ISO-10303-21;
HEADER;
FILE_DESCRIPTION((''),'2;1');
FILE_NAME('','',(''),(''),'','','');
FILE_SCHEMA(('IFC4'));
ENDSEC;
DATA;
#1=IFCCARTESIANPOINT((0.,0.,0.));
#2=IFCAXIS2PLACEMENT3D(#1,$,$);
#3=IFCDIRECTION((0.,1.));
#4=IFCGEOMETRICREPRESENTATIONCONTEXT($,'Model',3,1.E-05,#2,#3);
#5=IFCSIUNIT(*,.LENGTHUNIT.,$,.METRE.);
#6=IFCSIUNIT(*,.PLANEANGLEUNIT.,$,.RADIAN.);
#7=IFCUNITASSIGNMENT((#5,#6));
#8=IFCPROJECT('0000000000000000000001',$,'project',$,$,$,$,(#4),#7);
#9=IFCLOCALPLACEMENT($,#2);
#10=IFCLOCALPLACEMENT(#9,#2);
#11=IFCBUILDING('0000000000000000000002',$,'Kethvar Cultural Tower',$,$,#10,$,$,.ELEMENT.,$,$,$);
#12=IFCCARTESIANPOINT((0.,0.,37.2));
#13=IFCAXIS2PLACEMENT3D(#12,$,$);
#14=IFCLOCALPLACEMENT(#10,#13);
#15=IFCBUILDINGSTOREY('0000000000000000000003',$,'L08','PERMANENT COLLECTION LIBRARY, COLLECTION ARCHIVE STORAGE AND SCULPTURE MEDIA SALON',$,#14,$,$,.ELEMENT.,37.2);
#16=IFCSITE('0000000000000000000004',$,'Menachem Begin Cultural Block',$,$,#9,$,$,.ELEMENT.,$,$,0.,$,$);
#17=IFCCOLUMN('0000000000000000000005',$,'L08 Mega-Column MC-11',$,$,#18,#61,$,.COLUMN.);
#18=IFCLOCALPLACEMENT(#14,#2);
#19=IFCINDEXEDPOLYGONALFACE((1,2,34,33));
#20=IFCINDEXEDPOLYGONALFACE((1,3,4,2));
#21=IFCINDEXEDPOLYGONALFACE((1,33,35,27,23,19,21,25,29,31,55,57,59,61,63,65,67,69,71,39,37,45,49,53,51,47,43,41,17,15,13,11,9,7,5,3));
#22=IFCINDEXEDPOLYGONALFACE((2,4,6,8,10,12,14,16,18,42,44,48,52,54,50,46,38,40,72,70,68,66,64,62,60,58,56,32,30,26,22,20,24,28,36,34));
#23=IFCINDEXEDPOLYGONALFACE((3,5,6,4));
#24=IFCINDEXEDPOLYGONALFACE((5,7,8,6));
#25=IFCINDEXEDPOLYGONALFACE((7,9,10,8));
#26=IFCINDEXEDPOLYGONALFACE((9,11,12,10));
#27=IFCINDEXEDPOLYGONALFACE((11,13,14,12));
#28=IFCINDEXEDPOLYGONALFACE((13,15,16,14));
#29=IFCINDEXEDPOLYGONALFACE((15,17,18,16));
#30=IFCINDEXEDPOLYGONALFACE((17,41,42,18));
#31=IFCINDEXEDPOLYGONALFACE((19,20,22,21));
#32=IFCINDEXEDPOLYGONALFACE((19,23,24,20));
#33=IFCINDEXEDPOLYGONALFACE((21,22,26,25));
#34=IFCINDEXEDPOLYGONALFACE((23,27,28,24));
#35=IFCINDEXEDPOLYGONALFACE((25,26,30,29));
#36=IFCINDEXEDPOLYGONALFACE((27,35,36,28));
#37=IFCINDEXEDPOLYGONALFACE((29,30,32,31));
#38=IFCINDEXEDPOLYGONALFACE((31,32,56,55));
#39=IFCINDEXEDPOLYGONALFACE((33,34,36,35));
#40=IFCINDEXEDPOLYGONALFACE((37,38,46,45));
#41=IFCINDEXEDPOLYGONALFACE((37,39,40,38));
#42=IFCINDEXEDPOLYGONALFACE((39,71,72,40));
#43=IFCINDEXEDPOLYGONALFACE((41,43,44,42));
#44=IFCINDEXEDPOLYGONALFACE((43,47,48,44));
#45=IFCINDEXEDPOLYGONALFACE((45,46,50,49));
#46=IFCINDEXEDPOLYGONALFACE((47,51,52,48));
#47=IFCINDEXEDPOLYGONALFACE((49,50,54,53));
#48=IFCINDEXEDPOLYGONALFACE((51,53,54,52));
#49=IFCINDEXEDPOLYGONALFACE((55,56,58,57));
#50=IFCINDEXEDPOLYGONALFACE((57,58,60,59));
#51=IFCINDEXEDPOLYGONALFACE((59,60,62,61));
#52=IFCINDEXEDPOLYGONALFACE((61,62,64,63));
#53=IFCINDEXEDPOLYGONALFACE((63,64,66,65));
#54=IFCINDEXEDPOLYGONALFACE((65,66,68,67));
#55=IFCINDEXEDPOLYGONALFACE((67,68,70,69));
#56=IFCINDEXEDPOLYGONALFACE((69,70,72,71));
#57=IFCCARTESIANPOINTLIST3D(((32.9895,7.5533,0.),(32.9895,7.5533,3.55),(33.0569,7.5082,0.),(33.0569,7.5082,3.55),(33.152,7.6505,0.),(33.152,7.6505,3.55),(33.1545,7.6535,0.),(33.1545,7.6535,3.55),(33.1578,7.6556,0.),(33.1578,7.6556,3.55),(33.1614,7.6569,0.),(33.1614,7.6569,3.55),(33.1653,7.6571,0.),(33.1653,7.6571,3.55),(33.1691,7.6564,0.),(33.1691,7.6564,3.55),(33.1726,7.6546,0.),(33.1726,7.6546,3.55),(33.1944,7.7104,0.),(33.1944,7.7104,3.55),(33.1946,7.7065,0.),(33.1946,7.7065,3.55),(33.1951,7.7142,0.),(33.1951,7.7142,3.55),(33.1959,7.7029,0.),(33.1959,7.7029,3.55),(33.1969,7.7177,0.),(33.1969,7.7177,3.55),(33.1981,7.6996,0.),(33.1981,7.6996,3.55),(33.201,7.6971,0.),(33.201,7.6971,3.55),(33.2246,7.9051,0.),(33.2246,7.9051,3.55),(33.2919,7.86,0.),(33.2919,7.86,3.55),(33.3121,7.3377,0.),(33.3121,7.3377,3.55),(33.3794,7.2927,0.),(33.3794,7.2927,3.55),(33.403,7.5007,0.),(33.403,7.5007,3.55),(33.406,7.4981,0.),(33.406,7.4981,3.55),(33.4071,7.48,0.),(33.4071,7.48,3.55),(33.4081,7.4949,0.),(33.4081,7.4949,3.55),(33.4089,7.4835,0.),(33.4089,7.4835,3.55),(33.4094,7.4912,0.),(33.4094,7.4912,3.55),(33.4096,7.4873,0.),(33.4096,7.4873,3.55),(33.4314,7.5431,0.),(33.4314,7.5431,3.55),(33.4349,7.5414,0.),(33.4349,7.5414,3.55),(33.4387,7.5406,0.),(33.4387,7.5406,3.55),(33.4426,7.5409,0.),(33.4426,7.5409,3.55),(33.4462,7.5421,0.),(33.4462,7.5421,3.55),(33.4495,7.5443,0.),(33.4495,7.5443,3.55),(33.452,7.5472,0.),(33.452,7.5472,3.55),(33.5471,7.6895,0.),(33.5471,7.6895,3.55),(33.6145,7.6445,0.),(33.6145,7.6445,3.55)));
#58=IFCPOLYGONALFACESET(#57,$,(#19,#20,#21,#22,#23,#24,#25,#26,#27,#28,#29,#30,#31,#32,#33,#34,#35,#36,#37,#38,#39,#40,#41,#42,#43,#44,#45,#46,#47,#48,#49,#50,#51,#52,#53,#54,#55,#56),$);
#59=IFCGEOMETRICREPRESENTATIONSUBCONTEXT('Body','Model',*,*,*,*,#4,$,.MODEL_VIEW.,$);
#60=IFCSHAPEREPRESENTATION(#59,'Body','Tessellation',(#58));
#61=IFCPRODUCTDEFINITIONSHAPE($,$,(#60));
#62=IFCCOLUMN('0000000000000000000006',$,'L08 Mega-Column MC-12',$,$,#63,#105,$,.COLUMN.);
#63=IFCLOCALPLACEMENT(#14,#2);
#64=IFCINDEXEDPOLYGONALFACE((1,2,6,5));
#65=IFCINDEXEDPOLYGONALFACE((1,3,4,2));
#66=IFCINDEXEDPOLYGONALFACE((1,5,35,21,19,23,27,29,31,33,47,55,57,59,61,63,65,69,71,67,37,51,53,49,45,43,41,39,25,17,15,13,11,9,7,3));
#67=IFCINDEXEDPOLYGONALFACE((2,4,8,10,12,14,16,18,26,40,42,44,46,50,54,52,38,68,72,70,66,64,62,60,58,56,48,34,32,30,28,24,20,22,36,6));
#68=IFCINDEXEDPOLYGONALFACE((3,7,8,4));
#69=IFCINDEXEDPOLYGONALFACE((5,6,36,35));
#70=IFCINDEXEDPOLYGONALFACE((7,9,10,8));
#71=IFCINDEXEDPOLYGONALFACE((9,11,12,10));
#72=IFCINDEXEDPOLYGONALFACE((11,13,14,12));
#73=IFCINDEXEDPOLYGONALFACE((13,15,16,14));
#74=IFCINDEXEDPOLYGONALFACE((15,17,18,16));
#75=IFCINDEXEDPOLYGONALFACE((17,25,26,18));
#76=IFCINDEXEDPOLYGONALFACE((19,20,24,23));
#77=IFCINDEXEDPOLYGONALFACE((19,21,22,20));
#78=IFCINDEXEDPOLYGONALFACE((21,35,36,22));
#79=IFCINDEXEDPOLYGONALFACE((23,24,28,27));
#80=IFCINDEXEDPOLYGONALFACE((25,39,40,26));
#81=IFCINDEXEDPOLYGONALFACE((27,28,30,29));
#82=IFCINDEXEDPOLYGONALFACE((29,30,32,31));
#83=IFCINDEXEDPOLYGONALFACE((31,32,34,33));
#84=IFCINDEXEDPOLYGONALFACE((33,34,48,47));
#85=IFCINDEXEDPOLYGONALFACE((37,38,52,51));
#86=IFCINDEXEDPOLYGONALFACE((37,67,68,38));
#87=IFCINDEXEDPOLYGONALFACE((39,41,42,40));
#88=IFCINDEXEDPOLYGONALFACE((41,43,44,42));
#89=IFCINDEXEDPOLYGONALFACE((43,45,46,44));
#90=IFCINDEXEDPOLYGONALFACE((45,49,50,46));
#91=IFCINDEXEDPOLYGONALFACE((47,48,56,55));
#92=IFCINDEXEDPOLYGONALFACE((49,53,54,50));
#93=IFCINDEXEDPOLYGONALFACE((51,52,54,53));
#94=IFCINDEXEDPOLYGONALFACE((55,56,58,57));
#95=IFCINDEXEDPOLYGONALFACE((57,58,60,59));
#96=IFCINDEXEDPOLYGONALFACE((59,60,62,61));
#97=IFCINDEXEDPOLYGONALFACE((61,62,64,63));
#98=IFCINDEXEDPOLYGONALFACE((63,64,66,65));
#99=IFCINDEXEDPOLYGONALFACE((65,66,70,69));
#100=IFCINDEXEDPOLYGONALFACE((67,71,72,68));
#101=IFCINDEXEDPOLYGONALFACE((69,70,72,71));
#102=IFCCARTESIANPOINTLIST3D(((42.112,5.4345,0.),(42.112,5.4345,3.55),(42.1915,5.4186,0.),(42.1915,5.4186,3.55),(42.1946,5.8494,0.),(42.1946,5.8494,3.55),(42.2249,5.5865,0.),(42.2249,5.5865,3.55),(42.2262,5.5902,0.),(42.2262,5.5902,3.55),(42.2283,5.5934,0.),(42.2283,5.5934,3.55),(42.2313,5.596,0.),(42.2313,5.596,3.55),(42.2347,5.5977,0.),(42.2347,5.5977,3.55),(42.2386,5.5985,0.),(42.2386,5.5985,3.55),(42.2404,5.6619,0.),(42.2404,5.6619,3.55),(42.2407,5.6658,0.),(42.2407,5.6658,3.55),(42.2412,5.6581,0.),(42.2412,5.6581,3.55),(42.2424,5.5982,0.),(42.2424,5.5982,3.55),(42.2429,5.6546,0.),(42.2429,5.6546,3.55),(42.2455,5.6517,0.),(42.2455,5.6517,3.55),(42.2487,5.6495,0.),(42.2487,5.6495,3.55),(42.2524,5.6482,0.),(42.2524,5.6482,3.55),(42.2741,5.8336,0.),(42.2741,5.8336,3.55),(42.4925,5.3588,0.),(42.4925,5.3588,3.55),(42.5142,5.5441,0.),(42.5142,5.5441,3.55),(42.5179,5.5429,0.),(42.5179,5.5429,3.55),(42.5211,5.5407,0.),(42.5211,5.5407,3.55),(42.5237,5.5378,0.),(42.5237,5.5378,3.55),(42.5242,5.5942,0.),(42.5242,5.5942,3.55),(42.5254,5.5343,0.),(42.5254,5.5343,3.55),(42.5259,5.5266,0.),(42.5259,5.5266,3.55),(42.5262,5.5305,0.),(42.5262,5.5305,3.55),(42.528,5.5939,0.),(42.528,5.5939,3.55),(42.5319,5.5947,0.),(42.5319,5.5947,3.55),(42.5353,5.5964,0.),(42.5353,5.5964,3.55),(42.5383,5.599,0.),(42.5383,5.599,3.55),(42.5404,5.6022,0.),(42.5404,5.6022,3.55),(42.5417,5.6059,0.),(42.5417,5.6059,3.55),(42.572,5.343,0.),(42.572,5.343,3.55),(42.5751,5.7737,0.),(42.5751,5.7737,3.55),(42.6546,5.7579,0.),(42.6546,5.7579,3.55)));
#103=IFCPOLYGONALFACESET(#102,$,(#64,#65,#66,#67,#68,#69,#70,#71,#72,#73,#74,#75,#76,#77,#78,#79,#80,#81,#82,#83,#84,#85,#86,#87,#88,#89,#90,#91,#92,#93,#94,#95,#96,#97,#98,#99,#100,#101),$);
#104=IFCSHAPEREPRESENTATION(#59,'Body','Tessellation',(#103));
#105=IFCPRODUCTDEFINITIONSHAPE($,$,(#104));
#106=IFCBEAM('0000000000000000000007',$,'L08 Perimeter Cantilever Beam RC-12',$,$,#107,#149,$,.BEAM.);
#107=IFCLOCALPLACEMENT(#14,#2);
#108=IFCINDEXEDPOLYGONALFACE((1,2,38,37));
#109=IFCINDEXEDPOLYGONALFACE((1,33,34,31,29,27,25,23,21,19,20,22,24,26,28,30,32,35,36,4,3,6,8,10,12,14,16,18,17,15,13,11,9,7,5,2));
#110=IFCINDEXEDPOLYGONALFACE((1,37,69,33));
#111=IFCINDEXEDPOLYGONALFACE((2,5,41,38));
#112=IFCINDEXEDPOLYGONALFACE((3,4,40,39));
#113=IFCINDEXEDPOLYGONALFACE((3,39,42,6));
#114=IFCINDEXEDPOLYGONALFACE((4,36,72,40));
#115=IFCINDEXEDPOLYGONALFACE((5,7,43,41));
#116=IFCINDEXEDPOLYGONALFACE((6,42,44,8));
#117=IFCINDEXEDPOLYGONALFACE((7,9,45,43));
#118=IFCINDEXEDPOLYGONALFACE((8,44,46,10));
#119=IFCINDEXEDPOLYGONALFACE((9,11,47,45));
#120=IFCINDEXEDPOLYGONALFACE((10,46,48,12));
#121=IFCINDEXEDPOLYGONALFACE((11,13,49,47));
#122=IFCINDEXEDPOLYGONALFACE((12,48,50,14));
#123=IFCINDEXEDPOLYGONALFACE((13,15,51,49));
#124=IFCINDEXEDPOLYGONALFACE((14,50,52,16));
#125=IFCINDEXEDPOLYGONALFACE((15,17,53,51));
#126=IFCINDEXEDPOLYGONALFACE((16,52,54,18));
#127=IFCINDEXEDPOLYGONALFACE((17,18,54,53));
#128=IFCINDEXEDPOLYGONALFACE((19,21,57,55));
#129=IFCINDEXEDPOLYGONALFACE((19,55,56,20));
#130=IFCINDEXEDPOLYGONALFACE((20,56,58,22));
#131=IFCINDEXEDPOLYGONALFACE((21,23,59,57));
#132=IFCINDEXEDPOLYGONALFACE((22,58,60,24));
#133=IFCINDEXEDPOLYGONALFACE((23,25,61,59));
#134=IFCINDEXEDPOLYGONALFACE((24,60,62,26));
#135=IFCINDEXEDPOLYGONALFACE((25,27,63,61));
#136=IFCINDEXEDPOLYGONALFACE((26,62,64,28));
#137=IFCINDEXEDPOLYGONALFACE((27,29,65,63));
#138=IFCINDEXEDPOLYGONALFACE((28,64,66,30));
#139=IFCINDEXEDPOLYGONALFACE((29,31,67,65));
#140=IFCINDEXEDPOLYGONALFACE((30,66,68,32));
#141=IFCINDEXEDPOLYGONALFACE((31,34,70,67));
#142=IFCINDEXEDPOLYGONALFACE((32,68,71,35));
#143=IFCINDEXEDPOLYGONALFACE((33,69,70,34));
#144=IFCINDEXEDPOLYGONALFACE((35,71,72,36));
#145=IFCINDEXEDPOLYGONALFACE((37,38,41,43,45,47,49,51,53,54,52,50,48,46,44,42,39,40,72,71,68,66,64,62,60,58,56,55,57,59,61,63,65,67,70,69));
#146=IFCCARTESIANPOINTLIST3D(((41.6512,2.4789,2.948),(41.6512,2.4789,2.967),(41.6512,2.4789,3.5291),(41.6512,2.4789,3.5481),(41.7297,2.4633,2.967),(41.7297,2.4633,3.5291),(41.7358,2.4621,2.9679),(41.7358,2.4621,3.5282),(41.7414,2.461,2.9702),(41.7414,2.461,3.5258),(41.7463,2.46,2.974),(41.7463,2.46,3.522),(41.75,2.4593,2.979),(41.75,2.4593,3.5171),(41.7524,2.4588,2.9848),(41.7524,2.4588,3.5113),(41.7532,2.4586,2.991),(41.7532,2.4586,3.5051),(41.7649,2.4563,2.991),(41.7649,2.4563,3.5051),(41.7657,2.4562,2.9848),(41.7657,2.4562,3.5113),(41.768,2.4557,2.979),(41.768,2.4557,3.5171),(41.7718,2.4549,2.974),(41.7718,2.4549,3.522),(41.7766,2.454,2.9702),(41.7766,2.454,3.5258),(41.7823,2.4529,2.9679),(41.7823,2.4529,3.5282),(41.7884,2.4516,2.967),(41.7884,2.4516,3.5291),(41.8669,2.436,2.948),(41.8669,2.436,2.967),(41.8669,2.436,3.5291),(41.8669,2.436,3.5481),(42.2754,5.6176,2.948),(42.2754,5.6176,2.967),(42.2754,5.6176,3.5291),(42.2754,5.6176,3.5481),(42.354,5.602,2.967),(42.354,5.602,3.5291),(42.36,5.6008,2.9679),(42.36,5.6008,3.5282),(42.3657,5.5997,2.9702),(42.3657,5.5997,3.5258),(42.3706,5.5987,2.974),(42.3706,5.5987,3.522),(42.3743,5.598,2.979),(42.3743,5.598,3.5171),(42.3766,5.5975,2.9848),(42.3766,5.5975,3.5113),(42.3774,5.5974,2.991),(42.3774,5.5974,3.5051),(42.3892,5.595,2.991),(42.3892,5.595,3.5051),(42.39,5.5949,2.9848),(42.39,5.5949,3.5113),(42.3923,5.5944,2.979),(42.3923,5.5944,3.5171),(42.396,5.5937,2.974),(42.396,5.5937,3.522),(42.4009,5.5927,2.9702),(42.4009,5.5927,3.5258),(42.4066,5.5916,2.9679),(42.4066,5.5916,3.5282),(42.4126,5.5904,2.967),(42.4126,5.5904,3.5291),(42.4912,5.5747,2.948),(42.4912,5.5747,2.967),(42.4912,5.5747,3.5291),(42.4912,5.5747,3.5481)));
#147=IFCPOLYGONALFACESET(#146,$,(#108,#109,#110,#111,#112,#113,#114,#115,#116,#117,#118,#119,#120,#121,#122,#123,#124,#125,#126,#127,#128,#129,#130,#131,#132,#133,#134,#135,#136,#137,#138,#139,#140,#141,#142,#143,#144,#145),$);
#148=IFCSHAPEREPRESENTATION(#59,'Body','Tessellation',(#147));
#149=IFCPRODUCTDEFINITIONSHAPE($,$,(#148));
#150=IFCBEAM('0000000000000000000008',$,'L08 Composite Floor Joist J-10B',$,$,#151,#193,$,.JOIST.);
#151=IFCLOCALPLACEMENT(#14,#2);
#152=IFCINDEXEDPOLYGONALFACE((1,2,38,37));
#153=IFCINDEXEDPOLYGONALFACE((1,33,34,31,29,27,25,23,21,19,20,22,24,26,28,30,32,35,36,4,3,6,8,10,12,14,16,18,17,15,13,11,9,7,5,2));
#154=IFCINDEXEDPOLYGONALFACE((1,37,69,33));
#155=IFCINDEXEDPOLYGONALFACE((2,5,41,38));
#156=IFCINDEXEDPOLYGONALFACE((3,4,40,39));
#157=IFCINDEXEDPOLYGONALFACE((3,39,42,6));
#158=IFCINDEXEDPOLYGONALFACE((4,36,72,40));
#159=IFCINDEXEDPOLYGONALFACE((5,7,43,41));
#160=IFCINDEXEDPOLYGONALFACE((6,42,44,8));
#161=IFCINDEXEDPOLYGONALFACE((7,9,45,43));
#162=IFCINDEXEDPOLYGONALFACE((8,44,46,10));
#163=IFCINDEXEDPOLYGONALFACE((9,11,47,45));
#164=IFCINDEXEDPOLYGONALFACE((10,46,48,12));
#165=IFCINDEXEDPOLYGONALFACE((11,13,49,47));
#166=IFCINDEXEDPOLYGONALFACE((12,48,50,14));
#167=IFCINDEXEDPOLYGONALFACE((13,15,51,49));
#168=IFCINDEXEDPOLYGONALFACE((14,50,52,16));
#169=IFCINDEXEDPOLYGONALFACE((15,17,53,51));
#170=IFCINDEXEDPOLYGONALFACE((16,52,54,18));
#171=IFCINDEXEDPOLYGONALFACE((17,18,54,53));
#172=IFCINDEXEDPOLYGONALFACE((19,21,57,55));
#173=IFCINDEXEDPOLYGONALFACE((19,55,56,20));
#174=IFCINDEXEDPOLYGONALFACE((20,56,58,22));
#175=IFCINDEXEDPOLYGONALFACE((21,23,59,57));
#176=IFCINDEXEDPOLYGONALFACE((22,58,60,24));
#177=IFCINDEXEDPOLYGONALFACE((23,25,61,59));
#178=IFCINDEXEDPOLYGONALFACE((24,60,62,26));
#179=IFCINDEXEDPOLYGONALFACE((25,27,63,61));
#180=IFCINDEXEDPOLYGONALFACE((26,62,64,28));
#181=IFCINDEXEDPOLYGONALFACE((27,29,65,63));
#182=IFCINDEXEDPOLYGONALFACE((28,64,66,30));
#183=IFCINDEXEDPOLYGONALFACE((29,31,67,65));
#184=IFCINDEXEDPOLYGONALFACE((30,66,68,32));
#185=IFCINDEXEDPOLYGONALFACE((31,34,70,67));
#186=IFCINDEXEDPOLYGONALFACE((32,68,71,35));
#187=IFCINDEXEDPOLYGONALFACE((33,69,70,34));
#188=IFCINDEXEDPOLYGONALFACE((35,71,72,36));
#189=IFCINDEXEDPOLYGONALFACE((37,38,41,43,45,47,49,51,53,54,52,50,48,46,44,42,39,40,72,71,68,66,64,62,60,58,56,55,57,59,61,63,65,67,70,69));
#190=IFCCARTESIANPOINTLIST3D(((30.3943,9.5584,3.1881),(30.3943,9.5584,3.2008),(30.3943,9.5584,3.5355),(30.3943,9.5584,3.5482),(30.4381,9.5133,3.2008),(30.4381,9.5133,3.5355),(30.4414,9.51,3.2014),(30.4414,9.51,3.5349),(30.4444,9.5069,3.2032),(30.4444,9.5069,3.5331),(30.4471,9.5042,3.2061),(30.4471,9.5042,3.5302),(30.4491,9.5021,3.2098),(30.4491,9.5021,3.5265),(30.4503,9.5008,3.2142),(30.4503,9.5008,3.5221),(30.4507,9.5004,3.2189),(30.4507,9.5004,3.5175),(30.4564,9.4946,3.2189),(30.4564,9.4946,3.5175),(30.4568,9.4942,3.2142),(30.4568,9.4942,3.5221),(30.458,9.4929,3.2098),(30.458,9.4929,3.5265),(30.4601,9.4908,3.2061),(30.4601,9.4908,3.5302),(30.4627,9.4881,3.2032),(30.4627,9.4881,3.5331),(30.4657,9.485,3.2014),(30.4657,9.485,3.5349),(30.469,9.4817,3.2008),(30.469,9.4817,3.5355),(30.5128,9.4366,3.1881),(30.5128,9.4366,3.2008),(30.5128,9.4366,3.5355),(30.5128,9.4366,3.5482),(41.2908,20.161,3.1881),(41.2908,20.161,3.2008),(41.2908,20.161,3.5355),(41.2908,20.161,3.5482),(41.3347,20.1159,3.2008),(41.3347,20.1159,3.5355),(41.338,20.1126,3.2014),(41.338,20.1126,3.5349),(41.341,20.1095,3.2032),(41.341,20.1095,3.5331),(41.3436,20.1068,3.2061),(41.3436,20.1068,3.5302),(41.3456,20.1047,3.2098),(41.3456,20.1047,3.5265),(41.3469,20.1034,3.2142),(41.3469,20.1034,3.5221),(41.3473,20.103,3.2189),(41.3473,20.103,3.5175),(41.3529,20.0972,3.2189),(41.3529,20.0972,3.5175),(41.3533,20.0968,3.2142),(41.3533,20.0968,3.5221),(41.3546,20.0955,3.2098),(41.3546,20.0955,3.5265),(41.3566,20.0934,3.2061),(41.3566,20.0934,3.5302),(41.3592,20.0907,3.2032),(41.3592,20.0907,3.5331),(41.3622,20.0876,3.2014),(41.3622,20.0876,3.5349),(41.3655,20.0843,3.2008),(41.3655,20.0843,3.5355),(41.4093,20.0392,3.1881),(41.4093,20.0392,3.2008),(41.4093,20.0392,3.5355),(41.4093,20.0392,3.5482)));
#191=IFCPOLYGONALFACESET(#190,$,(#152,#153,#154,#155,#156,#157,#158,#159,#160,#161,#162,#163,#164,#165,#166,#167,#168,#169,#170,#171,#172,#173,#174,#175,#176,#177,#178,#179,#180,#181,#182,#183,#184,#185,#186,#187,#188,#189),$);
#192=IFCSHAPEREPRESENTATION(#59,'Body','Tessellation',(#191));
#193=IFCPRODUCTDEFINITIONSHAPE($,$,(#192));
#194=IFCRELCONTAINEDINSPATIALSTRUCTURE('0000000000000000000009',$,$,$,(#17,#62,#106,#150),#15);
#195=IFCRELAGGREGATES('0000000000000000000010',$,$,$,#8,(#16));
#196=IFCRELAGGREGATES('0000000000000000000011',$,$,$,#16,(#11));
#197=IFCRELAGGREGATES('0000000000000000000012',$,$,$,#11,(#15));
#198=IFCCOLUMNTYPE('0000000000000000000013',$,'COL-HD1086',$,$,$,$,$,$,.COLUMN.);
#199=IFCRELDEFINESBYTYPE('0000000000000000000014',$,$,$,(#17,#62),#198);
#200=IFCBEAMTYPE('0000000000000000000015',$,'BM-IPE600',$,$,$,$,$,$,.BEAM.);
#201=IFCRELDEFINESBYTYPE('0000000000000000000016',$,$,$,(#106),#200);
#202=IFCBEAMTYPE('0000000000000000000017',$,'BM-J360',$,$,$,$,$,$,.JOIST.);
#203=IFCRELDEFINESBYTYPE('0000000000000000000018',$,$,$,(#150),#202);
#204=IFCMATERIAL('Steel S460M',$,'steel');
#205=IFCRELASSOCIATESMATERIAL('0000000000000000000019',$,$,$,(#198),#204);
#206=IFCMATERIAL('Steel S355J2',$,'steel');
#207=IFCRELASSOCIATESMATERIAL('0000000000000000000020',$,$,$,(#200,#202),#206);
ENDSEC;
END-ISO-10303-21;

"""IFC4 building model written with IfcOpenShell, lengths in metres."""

from ifc_helpers import new_model, si_unit, direction, frame, origin, origin_2d, place, context, subcontext, project, spatial, i_section, extrude, source, transform, mapped, material, material_profile, profile_set, type_object, element, save


model = new_model("IFC4")

# Units and contexts
model_context = context("Model", 3, precision=1e-05, world=origin(), true_north=direction((0.0, 1.0)))
body_context = subcontext(model_context, "Body", "Model", "MODEL_VIEW")
ifc_project = project(units=[si_unit("LENGTHUNIT", "METRE"), si_unit("PLANEANGLEUNIT", "RADIAN")], contexts=[model_context])

# Site, building, storey
site_placement = place(None, origin())
site = spatial("IfcSite", under=ifc_project, at=site_placement, Name="Menachem Begin Cultural Block", CompositionType="ELEMENT", RefElevation=0.0)
building_placement = place(site_placement, origin())
building = spatial("IfcBuilding", under=site, at=building_placement, Name="Kethvar Cultural Tower", CompositionType="ELEMENT")
storey_placement = place(building_placement, frame((0.0, 0.0, 37.2)))
storey = spatial("IfcBuildingStorey", under=building, at=storey_placement, Name="L08", Description="PERMANENT COLLECTION LIBRARY, COLLECTION ARCHIVE STORAGE AND SCULPTURE MEDIA SALON", CompositionType="ELEMENT", Elevation=37.2)

# Columns
ifc_material_1 = material(Name="Steel S460M", Category="steel")
ifc_material_profile_1 = material_profile(ifc_material_1, i_section(OverallWidth=0.4231, OverallDepth=0.469, WebThickness=0.051, FlangeThickness=0.0811, FilletRadius=0.0149, at=origin_2d()), Name="Steel S460M — HD400x1086")
ifc_profile_set_1 = profile_set([ifc_material_profile_1], Name="Steel S460M — HD400x1086")
column_type = type_object("IfcColumnType", Name="COL-HD1086", PredefinedType="COLUMN", material=ifc_profile_set_1)
shared_shape_1 = source(origin(), body_context, "Body", "SweptSolid", [
    extrude(i_section(OverallWidth=0.4231, OverallDepth=0.469, WebThickness=0.051, FlangeThickness=0.0811, FilletRadius=0.0149, at=origin_2d()), origin(), (0.0, 0.0, 1.0), 3.55),
])
for number, where, z_axis, x_axis, name in (
    (1, (33.302, 7.5989, 0.0), (0.0, 0.0, 1.0), (-0.55557, -0.83147, 0.0), "L08 Mega-Column MC-11"),
    (2, (42.3833, 5.5962, 0.0), (0.0, 0.0, 1.0), (-0.19509, -0.980785, 0.0), "L08 Mega-Column MC-12"),
):
    element("IfcColumn", number, at=place(storey_placement, frame(where, z_axis=z_axis, x_axis=x_axis)), inside=storey, type_object=column_type, Name=name, PredefinedType="COLUMN", context=body_context, shape_type="MappedRepresentation", body=[
        mapped(shared_shape_1, transform((0.0, 0.0, 0.0), scale=1.0)),
    ])

# Beams
ifc_material_2 = material(Name="Steel S355J2", Category="steel")
ifc_material_profile_2 = material_profile(ifc_material_2, i_section(OverallWidth=0.22, OverallDepth=0.6001, WebThickness=0.012, FlangeThickness=0.019, FilletRadius=0.0239, at=origin_2d()), Name="Steel S355J2 — IPE600")
ifc_profile_set_2 = profile_set([ifc_material_profile_2], Name="Steel S355J2 — IPE600")
beam_type_1 = type_object("IfcBeamType", Name="BM-IPE600", PredefinedType="BEAM", material=ifc_profile_set_2)
shared_shape_2 = source(origin(), body_context, "Body", "SweptSolid", [
    extrude(i_section(OverallWidth=0.22, OverallDepth=0.6001, WebThickness=0.012, FlangeThickness=0.019, FilletRadius=0.0239, at=origin_2d()), origin(), (0.0, 0.0, 1.0), 3.2002),
])
beam_1_placement = place(storey_placement, frame((42.3833, 5.5962, 3.248), z_axis=(-0.195074, -0.980788, 0.0), x_axis=(0.980788, -0.195074, 0.0)))
element("IfcBeam", 3, at=beam_1_placement, inside=storey, type_object=beam_type_1, Name="L08 Perimeter Cantilever Beam RC-12", PredefinedType="BEAM", context=body_context, shape_type="MappedRepresentation", body=[
    mapped(shared_shape_2, transform((0.0, 0.0, 0.0), scale=1.0)),
])
ifc_material_profile_3 = material_profile(ifc_material_2, i_section(OverallWidth=0.1699, OverallDepth=0.3601, WebThickness=0.0081, FlangeThickness=0.0127, FilletRadius=0.0181, at=origin_2d()), Name="Steel S355J2 — IPE360")
ifc_profile_set_3 = profile_set([ifc_material_profile_3], Name="Steel S355J2 — IPE360")
beam_type_2 = type_object("IfcBeamType", Name="BM-J360", PredefinedType="JOIST", material=ifc_profile_set_3)
shared_shape_3 = source(origin(), body_context, "Body", "SweptSolid", [
    extrude(i_section(OverallWidth=0.1699, OverallDepth=0.3601, WebThickness=0.0081, FlangeThickness=0.0127, FilletRadius=0.0181, at=origin_2d()), origin(), (0.0, 0.0, 1.0), 15.2036),
])
beam_2_placement = place(storey_placement, frame((41.3501, 20.1001, 3.3682), z_axis=(-0.716708, -0.697374, 0.0), x_axis=(0.697374, -0.716708, 0.0)))
element("IfcBeam", 4, at=beam_2_placement, inside=storey, type_object=beam_type_2, Name="L08 Composite Floor Joist J-10B", PredefinedType="JOIST", context=body_context, shape_type="MappedRepresentation", body=[
    mapped(shared_shape_3, transform((0.0, 0.0, 0.0), scale=1.0)),
])

save(model, "model.ifc")
